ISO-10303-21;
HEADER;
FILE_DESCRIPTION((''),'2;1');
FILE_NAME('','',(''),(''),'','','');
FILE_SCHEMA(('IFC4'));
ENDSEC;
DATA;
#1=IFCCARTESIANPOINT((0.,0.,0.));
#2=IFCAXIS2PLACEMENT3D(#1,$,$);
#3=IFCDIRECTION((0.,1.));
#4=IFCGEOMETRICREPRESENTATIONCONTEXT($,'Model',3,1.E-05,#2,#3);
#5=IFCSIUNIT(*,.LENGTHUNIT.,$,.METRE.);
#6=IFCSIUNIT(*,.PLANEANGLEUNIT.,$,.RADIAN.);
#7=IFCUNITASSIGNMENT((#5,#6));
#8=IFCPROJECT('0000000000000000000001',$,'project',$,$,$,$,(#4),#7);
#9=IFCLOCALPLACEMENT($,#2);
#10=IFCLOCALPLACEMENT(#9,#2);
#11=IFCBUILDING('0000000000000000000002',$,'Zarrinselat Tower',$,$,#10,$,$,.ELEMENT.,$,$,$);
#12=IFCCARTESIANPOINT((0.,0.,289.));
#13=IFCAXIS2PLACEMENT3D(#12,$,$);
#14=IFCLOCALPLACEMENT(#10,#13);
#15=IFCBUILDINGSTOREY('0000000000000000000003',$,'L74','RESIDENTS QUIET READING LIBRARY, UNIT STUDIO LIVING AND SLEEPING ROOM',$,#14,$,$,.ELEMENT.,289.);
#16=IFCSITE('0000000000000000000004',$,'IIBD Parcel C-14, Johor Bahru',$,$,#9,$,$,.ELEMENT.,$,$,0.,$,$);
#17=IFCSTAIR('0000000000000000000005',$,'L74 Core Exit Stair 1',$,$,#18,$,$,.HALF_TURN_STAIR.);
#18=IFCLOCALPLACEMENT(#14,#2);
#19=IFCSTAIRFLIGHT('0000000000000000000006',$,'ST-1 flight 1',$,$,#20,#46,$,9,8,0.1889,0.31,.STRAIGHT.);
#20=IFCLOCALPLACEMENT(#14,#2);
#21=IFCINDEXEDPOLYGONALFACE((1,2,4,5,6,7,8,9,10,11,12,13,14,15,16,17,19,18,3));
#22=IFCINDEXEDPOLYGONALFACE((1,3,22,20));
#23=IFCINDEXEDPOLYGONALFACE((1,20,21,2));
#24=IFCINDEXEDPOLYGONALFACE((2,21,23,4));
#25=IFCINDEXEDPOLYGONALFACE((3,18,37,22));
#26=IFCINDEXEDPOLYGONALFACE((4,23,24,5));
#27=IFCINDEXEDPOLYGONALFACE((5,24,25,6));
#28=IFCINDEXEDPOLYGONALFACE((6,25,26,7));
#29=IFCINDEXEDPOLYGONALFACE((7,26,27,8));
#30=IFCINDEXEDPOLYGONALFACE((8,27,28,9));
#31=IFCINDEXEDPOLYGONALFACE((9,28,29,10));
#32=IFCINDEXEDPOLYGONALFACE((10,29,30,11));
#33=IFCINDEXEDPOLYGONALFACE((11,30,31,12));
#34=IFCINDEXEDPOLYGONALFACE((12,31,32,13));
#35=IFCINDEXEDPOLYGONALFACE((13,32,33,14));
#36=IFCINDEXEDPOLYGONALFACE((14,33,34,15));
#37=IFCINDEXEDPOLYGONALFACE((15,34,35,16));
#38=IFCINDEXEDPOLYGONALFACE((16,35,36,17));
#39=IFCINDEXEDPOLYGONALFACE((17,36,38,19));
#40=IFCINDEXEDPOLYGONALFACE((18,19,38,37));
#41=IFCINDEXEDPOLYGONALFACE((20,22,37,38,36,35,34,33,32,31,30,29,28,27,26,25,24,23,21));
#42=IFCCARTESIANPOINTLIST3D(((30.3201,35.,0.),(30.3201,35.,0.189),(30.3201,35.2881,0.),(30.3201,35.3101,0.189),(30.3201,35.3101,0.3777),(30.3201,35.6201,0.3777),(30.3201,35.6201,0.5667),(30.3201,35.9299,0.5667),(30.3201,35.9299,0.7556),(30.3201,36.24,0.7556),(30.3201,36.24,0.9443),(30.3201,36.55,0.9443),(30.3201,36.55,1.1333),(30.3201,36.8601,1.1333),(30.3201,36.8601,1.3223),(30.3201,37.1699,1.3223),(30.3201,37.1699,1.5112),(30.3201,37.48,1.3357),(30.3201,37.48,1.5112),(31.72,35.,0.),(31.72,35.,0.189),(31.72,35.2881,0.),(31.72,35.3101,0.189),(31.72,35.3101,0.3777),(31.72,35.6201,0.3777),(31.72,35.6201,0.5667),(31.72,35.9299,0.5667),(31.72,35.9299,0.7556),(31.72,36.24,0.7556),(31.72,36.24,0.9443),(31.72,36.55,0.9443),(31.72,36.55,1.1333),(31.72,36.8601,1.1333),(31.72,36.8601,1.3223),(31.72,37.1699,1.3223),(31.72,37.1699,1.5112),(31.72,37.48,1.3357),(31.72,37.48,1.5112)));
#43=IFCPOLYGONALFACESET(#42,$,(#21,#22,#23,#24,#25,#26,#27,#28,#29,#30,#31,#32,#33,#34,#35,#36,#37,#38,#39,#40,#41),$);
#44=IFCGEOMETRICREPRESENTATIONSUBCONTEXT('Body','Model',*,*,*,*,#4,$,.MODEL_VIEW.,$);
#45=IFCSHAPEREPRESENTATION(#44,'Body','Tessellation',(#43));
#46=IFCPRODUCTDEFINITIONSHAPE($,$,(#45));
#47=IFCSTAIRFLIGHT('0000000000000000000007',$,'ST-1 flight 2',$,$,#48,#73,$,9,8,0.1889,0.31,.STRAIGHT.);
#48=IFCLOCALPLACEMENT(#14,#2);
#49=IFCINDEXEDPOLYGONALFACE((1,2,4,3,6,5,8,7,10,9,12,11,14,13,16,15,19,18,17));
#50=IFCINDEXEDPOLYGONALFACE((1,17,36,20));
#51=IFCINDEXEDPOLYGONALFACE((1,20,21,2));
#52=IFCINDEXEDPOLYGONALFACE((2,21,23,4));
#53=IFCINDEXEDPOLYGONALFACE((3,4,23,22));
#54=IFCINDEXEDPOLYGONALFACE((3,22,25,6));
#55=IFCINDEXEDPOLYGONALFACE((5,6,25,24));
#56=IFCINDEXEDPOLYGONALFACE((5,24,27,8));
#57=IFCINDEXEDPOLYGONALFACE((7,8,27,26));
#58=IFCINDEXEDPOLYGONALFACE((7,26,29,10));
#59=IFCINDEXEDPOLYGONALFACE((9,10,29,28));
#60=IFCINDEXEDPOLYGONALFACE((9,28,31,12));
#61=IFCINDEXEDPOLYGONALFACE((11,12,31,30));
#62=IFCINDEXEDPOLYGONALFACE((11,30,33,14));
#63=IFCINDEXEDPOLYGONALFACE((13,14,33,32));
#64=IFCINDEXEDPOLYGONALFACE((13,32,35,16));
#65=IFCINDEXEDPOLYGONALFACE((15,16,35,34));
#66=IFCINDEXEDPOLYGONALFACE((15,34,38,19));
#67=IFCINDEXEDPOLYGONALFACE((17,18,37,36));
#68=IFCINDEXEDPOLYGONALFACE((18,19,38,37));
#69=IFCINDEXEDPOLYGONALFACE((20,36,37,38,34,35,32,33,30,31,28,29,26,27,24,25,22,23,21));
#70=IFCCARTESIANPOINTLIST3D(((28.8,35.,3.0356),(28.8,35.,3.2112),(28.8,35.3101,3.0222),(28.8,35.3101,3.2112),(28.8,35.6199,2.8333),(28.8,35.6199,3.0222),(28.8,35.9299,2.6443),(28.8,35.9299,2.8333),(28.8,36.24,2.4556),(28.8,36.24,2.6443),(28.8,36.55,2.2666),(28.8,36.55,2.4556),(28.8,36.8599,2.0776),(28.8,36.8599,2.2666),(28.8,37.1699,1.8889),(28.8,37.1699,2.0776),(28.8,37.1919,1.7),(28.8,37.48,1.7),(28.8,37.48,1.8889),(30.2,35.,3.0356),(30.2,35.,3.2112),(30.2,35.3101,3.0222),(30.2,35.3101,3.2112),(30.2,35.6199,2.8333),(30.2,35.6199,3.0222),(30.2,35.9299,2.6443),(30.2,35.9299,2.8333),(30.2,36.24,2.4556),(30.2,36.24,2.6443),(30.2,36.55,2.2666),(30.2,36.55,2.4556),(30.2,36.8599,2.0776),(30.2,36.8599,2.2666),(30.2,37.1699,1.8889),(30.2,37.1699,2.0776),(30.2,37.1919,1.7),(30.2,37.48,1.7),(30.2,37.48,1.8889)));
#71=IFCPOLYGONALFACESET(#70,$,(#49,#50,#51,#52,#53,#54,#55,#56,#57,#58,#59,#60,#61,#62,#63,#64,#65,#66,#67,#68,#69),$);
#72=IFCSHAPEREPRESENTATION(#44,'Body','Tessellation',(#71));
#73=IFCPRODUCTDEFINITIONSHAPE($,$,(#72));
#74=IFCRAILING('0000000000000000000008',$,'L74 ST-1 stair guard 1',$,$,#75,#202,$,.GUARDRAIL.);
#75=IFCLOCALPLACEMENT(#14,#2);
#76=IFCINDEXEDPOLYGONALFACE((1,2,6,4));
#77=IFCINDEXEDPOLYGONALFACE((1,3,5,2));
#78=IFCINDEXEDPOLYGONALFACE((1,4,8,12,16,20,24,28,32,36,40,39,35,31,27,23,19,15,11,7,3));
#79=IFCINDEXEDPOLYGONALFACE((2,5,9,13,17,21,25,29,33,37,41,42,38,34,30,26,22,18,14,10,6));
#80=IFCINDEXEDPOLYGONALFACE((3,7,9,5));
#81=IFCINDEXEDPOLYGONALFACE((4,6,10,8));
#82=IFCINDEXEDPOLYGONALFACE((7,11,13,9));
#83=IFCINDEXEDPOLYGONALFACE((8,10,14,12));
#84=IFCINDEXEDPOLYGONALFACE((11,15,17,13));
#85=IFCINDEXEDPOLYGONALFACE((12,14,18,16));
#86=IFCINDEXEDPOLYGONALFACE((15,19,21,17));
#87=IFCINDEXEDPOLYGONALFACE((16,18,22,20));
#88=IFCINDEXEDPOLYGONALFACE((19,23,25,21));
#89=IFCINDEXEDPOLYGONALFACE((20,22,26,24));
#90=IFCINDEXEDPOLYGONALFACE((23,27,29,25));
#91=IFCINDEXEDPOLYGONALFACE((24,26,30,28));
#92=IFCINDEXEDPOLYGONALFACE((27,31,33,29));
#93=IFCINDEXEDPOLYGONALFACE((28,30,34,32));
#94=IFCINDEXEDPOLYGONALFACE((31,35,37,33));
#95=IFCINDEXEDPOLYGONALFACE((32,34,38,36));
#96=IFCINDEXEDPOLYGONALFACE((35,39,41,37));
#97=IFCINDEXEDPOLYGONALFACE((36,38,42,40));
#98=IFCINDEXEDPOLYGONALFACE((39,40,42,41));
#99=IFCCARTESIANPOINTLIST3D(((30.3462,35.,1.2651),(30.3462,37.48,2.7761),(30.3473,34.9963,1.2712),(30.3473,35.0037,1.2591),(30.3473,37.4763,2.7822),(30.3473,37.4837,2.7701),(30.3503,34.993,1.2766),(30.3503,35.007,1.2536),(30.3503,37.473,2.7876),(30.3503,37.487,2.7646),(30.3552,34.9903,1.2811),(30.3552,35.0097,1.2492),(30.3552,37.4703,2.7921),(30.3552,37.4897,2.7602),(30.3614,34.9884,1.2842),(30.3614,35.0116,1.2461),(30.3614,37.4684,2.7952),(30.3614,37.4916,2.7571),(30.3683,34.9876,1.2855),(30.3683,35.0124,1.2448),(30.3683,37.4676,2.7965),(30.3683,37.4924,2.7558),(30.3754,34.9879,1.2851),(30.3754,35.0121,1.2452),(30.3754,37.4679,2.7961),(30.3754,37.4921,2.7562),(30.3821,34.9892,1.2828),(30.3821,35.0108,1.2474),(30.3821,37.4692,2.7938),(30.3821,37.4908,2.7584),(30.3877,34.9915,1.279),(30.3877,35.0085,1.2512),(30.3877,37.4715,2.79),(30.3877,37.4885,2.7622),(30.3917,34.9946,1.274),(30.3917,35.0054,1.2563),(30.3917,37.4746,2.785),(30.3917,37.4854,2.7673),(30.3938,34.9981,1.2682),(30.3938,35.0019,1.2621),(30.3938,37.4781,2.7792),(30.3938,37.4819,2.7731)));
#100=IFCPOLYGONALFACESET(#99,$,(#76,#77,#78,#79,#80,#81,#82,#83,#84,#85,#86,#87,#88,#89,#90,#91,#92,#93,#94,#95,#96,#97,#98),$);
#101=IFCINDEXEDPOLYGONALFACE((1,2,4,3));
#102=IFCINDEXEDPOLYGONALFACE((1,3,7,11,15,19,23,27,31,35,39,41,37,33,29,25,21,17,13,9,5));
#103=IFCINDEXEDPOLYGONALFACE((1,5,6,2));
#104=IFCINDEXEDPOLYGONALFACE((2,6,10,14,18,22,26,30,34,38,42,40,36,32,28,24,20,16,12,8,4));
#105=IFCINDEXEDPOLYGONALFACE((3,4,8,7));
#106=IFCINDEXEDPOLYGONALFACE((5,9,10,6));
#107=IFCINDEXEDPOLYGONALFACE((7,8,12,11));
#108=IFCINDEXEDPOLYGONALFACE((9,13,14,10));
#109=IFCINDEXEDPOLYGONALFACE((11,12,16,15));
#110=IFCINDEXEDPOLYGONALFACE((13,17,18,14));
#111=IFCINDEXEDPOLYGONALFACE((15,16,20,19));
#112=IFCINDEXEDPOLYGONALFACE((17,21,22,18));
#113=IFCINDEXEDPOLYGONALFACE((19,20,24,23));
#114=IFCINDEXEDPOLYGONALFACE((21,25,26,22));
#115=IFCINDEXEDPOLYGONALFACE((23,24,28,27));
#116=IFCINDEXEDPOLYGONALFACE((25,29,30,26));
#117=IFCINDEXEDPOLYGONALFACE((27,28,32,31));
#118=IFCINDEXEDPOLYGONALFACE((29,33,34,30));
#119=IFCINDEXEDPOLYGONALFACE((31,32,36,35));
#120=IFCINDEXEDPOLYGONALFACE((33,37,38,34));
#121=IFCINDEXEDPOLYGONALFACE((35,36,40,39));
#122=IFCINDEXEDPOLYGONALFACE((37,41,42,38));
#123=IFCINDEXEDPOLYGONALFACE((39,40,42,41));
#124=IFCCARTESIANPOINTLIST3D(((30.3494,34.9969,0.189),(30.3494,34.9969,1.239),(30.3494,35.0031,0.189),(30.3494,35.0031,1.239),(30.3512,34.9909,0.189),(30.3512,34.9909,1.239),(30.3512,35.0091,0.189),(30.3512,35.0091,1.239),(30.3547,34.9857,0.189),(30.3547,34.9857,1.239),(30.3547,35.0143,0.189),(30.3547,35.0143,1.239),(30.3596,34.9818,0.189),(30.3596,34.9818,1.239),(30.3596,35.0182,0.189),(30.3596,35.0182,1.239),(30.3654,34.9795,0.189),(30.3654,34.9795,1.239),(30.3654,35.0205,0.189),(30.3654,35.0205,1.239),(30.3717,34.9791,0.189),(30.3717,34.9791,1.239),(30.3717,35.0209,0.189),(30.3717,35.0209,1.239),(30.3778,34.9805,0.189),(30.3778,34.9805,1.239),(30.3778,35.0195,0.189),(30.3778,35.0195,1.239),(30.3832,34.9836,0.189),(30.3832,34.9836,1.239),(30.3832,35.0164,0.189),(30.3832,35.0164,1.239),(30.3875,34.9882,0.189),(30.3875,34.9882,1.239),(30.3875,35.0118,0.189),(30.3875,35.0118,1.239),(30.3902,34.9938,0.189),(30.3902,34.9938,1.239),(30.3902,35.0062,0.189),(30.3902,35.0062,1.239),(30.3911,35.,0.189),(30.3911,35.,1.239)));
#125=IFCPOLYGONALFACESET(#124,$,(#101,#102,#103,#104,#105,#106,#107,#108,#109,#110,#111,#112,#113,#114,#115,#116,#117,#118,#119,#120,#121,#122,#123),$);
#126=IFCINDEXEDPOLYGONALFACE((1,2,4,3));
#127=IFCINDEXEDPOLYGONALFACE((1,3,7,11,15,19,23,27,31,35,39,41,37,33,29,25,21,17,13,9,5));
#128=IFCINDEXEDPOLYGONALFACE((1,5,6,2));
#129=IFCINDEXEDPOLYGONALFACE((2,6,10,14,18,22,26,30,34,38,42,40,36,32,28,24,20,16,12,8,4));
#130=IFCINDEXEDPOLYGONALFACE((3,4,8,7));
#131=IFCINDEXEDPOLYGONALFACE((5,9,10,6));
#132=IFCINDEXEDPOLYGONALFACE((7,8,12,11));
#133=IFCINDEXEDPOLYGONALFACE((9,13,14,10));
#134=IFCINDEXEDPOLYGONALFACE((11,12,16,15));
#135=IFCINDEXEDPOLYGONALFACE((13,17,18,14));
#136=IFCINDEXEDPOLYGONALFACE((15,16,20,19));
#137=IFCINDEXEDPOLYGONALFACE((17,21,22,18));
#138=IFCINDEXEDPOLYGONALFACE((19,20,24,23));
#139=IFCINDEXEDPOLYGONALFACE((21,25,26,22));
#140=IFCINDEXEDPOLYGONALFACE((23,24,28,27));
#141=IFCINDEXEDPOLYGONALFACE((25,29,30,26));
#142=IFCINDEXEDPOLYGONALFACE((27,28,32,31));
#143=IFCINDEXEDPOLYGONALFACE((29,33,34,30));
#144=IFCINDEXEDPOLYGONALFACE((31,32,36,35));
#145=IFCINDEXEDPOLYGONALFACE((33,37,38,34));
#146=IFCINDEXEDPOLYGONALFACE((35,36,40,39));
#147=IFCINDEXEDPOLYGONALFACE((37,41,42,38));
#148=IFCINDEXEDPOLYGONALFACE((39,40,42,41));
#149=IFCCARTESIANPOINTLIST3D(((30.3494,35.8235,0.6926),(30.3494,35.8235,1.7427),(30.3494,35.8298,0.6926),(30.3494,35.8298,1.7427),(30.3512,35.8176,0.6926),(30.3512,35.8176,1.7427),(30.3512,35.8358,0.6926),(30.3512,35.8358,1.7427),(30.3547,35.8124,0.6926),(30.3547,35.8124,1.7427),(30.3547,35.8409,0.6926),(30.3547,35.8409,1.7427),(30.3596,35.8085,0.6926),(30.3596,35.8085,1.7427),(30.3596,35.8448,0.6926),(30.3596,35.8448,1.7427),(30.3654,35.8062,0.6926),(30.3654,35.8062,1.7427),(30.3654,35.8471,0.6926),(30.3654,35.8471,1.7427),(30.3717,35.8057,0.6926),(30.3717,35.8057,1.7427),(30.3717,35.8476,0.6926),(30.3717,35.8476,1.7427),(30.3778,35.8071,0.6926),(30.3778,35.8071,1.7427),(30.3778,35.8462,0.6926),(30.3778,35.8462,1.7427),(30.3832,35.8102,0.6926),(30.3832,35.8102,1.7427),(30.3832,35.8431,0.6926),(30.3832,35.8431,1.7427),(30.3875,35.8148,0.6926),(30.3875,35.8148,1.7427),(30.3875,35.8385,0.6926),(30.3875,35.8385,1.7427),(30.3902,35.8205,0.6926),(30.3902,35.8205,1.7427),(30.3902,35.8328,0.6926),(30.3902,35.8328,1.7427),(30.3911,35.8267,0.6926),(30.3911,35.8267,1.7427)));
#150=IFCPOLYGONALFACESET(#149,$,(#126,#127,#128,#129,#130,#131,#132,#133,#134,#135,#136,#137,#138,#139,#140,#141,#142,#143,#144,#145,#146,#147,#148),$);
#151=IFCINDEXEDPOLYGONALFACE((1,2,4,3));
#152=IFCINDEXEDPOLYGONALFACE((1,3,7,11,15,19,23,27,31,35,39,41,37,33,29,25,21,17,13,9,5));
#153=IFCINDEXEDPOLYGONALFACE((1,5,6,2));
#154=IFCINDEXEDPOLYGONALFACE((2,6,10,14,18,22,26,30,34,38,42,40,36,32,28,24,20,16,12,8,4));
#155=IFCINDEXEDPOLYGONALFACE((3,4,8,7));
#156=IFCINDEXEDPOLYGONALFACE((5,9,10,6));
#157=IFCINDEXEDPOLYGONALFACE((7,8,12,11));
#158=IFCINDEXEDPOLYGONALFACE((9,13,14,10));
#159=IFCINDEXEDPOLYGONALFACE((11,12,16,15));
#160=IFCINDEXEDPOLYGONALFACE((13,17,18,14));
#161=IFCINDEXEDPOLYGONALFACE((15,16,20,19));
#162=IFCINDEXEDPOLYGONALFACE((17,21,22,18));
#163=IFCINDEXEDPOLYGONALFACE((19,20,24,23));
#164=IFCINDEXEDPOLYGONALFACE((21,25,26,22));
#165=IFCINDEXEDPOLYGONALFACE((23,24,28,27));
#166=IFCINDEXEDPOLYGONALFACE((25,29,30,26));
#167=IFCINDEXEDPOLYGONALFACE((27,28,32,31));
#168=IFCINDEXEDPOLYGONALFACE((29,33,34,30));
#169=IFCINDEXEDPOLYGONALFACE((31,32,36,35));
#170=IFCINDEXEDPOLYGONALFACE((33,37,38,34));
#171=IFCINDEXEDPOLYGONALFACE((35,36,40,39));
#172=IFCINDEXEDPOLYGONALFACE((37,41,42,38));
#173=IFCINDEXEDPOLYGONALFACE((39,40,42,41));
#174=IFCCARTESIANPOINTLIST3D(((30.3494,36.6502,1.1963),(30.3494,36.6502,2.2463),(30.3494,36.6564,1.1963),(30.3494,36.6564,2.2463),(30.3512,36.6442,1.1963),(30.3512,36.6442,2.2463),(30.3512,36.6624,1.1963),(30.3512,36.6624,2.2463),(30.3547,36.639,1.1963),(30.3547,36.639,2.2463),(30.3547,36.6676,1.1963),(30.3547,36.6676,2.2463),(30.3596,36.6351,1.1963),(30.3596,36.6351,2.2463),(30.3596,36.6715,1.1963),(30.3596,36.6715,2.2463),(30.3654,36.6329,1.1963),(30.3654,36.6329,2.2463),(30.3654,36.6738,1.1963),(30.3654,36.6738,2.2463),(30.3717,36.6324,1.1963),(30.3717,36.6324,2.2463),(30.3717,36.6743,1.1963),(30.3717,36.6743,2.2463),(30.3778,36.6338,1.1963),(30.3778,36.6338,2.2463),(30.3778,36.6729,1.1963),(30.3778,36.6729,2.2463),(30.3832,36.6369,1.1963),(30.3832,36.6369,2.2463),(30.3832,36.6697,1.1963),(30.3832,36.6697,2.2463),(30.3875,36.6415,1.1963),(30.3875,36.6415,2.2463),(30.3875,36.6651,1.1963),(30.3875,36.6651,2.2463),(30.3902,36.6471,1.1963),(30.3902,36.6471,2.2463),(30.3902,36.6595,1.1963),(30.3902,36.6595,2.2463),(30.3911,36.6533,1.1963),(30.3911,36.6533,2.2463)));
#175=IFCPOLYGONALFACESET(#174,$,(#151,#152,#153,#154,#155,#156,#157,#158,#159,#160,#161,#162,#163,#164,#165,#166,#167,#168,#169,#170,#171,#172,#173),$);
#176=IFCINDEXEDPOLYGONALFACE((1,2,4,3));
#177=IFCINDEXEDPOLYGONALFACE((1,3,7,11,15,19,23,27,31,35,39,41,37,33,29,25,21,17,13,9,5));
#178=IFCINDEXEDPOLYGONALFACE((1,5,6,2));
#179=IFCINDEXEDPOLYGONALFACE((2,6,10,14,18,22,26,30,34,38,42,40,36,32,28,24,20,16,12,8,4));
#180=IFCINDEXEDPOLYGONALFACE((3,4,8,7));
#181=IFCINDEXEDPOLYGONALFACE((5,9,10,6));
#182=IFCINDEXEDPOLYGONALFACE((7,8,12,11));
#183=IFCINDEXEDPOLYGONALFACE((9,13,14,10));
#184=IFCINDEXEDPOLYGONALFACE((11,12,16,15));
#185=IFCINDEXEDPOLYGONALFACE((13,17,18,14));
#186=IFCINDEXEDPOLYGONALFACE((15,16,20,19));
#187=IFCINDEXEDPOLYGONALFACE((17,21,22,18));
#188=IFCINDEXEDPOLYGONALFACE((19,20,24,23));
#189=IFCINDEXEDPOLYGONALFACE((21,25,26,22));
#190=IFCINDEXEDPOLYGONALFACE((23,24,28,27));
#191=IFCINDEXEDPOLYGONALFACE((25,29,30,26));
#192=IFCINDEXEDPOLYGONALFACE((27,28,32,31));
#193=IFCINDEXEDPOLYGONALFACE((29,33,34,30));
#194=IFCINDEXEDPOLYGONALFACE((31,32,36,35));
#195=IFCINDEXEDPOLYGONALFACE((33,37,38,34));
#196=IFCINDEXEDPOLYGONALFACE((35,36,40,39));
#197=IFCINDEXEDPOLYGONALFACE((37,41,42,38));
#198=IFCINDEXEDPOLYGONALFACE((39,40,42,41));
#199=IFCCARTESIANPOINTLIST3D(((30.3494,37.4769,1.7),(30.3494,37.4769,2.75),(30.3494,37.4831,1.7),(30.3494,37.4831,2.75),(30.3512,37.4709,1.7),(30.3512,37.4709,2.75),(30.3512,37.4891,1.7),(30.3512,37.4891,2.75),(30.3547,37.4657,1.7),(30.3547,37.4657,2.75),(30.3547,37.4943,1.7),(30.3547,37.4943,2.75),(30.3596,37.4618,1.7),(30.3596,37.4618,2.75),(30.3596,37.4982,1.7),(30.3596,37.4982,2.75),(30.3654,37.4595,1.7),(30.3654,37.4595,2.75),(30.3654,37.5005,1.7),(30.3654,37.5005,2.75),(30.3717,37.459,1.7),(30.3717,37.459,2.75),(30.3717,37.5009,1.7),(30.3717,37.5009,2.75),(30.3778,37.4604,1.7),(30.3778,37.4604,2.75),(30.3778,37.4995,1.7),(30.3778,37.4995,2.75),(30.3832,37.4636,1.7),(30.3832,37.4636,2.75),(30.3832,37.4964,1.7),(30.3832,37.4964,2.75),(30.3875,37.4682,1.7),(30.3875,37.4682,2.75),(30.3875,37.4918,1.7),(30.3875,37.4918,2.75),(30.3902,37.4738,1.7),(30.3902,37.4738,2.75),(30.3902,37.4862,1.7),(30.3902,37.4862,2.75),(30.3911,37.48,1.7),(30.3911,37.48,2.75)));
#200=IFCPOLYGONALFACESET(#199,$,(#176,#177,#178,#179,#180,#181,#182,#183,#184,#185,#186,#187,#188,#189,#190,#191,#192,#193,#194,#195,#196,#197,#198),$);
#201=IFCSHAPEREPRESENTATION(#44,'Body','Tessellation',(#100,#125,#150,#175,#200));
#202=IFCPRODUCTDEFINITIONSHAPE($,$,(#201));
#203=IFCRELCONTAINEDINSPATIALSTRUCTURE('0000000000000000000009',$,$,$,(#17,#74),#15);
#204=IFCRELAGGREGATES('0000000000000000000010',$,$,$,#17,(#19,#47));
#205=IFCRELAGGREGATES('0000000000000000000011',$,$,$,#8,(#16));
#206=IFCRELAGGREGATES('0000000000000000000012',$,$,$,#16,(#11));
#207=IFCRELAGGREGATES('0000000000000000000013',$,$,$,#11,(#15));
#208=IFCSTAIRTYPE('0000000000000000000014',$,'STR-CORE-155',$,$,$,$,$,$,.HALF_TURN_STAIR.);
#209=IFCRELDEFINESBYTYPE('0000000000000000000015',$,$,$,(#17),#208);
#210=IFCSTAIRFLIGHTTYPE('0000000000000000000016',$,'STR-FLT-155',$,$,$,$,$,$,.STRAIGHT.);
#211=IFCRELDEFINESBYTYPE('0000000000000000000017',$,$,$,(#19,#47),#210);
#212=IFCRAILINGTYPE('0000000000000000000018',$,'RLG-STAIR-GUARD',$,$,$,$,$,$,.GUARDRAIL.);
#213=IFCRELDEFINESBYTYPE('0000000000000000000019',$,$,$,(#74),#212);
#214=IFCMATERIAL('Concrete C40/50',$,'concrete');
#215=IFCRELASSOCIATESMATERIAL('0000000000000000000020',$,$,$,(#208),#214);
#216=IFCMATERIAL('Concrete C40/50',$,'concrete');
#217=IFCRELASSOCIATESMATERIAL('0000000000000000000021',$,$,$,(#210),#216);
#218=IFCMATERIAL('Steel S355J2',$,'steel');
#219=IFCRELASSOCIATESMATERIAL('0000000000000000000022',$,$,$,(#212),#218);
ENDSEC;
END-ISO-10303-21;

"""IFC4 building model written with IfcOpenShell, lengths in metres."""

from ifc_helpers import new_model, si_unit, direction, frame, origin, origin_2d, place, context, subcontext, project, spatial, polyline, circle, outline, extrude, material, type_object, element, aggregate, save


model = new_model("IFC4")

# Units and contexts
model_context = context("Model", 3, precision=1e-05, world=origin(), true_north=direction((0.0, 1.0)))
body_context = subcontext(model_context, "Body", "Model", "MODEL_VIEW")
ifc_project = project(units=[si_unit("LENGTHUNIT", "METRE"), si_unit("PLANEANGLEUNIT", "RADIAN")], contexts=[model_context])

# Site, building, storey
site_placement = place(None, origin())
site = spatial("IfcSite", under=ifc_project, at=site_placement, Name="IIBD Parcel C-14, Johor Bahru", CompositionType="ELEMENT", RefElevation=0.0)
building_placement = place(site_placement, origin())
building = spatial("IfcBuilding", under=site, at=building_placement, Name="Zarrinselat Tower", CompositionType="ELEMENT")
storey_placement = place(building_placement, frame((0.0, 0.0, 289.0)))
storey = spatial("IfcBuildingStorey", under=building, at=storey_placement, Name="L74", Description="RESIDENTS QUIET READING LIBRARY, UNIT STUDIO LIVING AND SLEEPING ROOM", CompositionType="ELEMENT", Elevation=289.0)

# Stair, stair flights
ifc_material_1 = material(Name="Concrete C40/50", Category="concrete")
stair_type = type_object("IfcStairType", Name="STR-CORE-155", PredefinedType="HALF_TURN_STAIR", material=ifc_material_1)
stair_placement = place(storey_placement, origin())
stair = element("IfcStair", 1, at=stair_placement, inside=storey, type_object=stair_type, Name="L74 Core Exit Stair 1", PredefinedType="HALF_TURN_STAIR")
ifc_material_2 = material(Name="Concrete C40/50", Category="concrete")
stair_flight_type = type_object("IfcStairFlightType", Name="STR-FLT-155", PredefinedType="STRAIGHT", material=ifc_material_2)
stair_flight_1_placement = place(storey_placement, frame((31.02, 35.0, 0.0), z_axis=(0.0, 0.0, 1.0), x_axis=(0.0, 1.0, 0.0)))
stair_flight_1 = element("IfcStairFlight", 2, at=stair_flight_1_placement, type_object=stair_flight_type, Name="ST-1 flight 1", NumberOfRisers=9, NumberOfTreads=8, PredefinedType="STRAIGHT", RiserHeight=0.1889, TreadLength=0.31, context=body_context, shape_type="SweptSolid", body=[
    extrude(outline(polyline([(0.0, 0.0), (0.0, 0.189), (0.3101, 0.189), (0.3101, 0.3777), (0.6201, 0.3777), (0.6201, 0.5667), (0.9299, 0.5667), (0.9299, 0.7556), (1.24, 0.7556), (1.24, 0.9443), (1.55, 0.9443), (1.55, 1.1333), (1.8601, 1.1333), (1.8601, 1.3223), (2.1699, 1.3223), (2.1699, 1.5112), (2.48, 1.5112), (2.48, 1.7), (2.48, 1.3357), (0.2881, 0.0), (0.0, 0.0)])), frame((0.0, 0.7, 0.0), z_axis=(0.0, -1.0, 0.0), x_axis=(1.0, 0.0, 0.0)), (0.0, 0.0, 1.0), 1.3999),
])
stair_flight_2_placement = place(storey_placement, frame((29.5, 37.48, 1.7), z_axis=(0.0, 0.0, 1.0), x_axis=(0.0, -1.0, 0.0)))
stair_flight_2 = element("IfcStairFlight", 3, at=stair_flight_2_placement, type_object=stair_flight_type, Name="ST-1 flight 2", NumberOfRisers=9, NumberOfTreads=8, PredefinedType="STRAIGHT", RiserHeight=0.1889, TreadLength=0.31, context=body_context, shape_type="SweptSolid", body=[
    extrude(outline(polyline([(0.0, 0.0), (0.0, 0.189), (0.3101, 0.189), (0.3101, 0.3777), (0.6201, 0.3777), (0.6201, 0.5667), (0.9299, 0.5667), (0.9299, 0.7556), (1.24, 0.7556), (1.24, 0.9443), (1.55, 0.9443), (1.55, 1.1333), (1.8601, 1.1333), (1.8601, 1.3223), (2.1699, 1.3223), (2.1699, 1.5112), (2.48, 1.5112), (2.48, 1.7), (2.48, 1.3357), (0.2881, 0.0), (0.0, 0.0)])), frame((0.0, 0.7, 0.0), z_axis=(0.0, -1.0, 0.0), x_axis=(1.0, 0.0, 0.0)), (0.0, 0.0, 1.0), 1.3999),
])
aggregate(stair, [stair_flight_1, stair_flight_2])

# Railing
ifc_material_3 = material(Name="Steel S355J2", Category="steel")
railing_type_1 = type_object("IfcRailingType", Name="RLG-STAIR-GUARD", PredefinedType="GUARDRAIL", material=ifc_material_3)
railing_1_placement = place(storey_placement, frame((30.3701, 35.0, 0.189)))
element("IfcRailing", 4, at=railing_1_placement, inside=storey, type_object=railing_type_1, Name="L74 ST-1 stair guard 1", PredefinedType="GUARDRAIL", context=body_context, shape_type="SweptSolid", body=[
    extrude(circle(Radius=0.0239, at=origin_2d()), frame((0.0, 0.0, 1.0762), z_axis=(0.0, 0.853979, 0.520307), x_axis=(-1.0, 0.0, 0.0)), (0.0, 0.0, 1.0), 2.9041),
    extrude(circle(Radius=0.021, at=origin_2d()), origin(), (0.0, 0.0, 1.0), 1.05),
    extrude(circle(Radius=0.021, at=origin_2d()), frame((0.0, 0.8267, 0.5037)), (0.0, 0.0, 1.0), 1.05),
    extrude(circle(Radius=0.021, at=origin_2d()), frame((0.0, 1.6533, 1.0073)), (0.0, 0.0, 1.0), 1.05),
    extrude(circle(Radius=0.021, at=origin_2d()), frame((0.0, 2.48, 1.511)), (0.0, 0.0, 1.0), 1.05),
])

save(model, "model.ifc")
